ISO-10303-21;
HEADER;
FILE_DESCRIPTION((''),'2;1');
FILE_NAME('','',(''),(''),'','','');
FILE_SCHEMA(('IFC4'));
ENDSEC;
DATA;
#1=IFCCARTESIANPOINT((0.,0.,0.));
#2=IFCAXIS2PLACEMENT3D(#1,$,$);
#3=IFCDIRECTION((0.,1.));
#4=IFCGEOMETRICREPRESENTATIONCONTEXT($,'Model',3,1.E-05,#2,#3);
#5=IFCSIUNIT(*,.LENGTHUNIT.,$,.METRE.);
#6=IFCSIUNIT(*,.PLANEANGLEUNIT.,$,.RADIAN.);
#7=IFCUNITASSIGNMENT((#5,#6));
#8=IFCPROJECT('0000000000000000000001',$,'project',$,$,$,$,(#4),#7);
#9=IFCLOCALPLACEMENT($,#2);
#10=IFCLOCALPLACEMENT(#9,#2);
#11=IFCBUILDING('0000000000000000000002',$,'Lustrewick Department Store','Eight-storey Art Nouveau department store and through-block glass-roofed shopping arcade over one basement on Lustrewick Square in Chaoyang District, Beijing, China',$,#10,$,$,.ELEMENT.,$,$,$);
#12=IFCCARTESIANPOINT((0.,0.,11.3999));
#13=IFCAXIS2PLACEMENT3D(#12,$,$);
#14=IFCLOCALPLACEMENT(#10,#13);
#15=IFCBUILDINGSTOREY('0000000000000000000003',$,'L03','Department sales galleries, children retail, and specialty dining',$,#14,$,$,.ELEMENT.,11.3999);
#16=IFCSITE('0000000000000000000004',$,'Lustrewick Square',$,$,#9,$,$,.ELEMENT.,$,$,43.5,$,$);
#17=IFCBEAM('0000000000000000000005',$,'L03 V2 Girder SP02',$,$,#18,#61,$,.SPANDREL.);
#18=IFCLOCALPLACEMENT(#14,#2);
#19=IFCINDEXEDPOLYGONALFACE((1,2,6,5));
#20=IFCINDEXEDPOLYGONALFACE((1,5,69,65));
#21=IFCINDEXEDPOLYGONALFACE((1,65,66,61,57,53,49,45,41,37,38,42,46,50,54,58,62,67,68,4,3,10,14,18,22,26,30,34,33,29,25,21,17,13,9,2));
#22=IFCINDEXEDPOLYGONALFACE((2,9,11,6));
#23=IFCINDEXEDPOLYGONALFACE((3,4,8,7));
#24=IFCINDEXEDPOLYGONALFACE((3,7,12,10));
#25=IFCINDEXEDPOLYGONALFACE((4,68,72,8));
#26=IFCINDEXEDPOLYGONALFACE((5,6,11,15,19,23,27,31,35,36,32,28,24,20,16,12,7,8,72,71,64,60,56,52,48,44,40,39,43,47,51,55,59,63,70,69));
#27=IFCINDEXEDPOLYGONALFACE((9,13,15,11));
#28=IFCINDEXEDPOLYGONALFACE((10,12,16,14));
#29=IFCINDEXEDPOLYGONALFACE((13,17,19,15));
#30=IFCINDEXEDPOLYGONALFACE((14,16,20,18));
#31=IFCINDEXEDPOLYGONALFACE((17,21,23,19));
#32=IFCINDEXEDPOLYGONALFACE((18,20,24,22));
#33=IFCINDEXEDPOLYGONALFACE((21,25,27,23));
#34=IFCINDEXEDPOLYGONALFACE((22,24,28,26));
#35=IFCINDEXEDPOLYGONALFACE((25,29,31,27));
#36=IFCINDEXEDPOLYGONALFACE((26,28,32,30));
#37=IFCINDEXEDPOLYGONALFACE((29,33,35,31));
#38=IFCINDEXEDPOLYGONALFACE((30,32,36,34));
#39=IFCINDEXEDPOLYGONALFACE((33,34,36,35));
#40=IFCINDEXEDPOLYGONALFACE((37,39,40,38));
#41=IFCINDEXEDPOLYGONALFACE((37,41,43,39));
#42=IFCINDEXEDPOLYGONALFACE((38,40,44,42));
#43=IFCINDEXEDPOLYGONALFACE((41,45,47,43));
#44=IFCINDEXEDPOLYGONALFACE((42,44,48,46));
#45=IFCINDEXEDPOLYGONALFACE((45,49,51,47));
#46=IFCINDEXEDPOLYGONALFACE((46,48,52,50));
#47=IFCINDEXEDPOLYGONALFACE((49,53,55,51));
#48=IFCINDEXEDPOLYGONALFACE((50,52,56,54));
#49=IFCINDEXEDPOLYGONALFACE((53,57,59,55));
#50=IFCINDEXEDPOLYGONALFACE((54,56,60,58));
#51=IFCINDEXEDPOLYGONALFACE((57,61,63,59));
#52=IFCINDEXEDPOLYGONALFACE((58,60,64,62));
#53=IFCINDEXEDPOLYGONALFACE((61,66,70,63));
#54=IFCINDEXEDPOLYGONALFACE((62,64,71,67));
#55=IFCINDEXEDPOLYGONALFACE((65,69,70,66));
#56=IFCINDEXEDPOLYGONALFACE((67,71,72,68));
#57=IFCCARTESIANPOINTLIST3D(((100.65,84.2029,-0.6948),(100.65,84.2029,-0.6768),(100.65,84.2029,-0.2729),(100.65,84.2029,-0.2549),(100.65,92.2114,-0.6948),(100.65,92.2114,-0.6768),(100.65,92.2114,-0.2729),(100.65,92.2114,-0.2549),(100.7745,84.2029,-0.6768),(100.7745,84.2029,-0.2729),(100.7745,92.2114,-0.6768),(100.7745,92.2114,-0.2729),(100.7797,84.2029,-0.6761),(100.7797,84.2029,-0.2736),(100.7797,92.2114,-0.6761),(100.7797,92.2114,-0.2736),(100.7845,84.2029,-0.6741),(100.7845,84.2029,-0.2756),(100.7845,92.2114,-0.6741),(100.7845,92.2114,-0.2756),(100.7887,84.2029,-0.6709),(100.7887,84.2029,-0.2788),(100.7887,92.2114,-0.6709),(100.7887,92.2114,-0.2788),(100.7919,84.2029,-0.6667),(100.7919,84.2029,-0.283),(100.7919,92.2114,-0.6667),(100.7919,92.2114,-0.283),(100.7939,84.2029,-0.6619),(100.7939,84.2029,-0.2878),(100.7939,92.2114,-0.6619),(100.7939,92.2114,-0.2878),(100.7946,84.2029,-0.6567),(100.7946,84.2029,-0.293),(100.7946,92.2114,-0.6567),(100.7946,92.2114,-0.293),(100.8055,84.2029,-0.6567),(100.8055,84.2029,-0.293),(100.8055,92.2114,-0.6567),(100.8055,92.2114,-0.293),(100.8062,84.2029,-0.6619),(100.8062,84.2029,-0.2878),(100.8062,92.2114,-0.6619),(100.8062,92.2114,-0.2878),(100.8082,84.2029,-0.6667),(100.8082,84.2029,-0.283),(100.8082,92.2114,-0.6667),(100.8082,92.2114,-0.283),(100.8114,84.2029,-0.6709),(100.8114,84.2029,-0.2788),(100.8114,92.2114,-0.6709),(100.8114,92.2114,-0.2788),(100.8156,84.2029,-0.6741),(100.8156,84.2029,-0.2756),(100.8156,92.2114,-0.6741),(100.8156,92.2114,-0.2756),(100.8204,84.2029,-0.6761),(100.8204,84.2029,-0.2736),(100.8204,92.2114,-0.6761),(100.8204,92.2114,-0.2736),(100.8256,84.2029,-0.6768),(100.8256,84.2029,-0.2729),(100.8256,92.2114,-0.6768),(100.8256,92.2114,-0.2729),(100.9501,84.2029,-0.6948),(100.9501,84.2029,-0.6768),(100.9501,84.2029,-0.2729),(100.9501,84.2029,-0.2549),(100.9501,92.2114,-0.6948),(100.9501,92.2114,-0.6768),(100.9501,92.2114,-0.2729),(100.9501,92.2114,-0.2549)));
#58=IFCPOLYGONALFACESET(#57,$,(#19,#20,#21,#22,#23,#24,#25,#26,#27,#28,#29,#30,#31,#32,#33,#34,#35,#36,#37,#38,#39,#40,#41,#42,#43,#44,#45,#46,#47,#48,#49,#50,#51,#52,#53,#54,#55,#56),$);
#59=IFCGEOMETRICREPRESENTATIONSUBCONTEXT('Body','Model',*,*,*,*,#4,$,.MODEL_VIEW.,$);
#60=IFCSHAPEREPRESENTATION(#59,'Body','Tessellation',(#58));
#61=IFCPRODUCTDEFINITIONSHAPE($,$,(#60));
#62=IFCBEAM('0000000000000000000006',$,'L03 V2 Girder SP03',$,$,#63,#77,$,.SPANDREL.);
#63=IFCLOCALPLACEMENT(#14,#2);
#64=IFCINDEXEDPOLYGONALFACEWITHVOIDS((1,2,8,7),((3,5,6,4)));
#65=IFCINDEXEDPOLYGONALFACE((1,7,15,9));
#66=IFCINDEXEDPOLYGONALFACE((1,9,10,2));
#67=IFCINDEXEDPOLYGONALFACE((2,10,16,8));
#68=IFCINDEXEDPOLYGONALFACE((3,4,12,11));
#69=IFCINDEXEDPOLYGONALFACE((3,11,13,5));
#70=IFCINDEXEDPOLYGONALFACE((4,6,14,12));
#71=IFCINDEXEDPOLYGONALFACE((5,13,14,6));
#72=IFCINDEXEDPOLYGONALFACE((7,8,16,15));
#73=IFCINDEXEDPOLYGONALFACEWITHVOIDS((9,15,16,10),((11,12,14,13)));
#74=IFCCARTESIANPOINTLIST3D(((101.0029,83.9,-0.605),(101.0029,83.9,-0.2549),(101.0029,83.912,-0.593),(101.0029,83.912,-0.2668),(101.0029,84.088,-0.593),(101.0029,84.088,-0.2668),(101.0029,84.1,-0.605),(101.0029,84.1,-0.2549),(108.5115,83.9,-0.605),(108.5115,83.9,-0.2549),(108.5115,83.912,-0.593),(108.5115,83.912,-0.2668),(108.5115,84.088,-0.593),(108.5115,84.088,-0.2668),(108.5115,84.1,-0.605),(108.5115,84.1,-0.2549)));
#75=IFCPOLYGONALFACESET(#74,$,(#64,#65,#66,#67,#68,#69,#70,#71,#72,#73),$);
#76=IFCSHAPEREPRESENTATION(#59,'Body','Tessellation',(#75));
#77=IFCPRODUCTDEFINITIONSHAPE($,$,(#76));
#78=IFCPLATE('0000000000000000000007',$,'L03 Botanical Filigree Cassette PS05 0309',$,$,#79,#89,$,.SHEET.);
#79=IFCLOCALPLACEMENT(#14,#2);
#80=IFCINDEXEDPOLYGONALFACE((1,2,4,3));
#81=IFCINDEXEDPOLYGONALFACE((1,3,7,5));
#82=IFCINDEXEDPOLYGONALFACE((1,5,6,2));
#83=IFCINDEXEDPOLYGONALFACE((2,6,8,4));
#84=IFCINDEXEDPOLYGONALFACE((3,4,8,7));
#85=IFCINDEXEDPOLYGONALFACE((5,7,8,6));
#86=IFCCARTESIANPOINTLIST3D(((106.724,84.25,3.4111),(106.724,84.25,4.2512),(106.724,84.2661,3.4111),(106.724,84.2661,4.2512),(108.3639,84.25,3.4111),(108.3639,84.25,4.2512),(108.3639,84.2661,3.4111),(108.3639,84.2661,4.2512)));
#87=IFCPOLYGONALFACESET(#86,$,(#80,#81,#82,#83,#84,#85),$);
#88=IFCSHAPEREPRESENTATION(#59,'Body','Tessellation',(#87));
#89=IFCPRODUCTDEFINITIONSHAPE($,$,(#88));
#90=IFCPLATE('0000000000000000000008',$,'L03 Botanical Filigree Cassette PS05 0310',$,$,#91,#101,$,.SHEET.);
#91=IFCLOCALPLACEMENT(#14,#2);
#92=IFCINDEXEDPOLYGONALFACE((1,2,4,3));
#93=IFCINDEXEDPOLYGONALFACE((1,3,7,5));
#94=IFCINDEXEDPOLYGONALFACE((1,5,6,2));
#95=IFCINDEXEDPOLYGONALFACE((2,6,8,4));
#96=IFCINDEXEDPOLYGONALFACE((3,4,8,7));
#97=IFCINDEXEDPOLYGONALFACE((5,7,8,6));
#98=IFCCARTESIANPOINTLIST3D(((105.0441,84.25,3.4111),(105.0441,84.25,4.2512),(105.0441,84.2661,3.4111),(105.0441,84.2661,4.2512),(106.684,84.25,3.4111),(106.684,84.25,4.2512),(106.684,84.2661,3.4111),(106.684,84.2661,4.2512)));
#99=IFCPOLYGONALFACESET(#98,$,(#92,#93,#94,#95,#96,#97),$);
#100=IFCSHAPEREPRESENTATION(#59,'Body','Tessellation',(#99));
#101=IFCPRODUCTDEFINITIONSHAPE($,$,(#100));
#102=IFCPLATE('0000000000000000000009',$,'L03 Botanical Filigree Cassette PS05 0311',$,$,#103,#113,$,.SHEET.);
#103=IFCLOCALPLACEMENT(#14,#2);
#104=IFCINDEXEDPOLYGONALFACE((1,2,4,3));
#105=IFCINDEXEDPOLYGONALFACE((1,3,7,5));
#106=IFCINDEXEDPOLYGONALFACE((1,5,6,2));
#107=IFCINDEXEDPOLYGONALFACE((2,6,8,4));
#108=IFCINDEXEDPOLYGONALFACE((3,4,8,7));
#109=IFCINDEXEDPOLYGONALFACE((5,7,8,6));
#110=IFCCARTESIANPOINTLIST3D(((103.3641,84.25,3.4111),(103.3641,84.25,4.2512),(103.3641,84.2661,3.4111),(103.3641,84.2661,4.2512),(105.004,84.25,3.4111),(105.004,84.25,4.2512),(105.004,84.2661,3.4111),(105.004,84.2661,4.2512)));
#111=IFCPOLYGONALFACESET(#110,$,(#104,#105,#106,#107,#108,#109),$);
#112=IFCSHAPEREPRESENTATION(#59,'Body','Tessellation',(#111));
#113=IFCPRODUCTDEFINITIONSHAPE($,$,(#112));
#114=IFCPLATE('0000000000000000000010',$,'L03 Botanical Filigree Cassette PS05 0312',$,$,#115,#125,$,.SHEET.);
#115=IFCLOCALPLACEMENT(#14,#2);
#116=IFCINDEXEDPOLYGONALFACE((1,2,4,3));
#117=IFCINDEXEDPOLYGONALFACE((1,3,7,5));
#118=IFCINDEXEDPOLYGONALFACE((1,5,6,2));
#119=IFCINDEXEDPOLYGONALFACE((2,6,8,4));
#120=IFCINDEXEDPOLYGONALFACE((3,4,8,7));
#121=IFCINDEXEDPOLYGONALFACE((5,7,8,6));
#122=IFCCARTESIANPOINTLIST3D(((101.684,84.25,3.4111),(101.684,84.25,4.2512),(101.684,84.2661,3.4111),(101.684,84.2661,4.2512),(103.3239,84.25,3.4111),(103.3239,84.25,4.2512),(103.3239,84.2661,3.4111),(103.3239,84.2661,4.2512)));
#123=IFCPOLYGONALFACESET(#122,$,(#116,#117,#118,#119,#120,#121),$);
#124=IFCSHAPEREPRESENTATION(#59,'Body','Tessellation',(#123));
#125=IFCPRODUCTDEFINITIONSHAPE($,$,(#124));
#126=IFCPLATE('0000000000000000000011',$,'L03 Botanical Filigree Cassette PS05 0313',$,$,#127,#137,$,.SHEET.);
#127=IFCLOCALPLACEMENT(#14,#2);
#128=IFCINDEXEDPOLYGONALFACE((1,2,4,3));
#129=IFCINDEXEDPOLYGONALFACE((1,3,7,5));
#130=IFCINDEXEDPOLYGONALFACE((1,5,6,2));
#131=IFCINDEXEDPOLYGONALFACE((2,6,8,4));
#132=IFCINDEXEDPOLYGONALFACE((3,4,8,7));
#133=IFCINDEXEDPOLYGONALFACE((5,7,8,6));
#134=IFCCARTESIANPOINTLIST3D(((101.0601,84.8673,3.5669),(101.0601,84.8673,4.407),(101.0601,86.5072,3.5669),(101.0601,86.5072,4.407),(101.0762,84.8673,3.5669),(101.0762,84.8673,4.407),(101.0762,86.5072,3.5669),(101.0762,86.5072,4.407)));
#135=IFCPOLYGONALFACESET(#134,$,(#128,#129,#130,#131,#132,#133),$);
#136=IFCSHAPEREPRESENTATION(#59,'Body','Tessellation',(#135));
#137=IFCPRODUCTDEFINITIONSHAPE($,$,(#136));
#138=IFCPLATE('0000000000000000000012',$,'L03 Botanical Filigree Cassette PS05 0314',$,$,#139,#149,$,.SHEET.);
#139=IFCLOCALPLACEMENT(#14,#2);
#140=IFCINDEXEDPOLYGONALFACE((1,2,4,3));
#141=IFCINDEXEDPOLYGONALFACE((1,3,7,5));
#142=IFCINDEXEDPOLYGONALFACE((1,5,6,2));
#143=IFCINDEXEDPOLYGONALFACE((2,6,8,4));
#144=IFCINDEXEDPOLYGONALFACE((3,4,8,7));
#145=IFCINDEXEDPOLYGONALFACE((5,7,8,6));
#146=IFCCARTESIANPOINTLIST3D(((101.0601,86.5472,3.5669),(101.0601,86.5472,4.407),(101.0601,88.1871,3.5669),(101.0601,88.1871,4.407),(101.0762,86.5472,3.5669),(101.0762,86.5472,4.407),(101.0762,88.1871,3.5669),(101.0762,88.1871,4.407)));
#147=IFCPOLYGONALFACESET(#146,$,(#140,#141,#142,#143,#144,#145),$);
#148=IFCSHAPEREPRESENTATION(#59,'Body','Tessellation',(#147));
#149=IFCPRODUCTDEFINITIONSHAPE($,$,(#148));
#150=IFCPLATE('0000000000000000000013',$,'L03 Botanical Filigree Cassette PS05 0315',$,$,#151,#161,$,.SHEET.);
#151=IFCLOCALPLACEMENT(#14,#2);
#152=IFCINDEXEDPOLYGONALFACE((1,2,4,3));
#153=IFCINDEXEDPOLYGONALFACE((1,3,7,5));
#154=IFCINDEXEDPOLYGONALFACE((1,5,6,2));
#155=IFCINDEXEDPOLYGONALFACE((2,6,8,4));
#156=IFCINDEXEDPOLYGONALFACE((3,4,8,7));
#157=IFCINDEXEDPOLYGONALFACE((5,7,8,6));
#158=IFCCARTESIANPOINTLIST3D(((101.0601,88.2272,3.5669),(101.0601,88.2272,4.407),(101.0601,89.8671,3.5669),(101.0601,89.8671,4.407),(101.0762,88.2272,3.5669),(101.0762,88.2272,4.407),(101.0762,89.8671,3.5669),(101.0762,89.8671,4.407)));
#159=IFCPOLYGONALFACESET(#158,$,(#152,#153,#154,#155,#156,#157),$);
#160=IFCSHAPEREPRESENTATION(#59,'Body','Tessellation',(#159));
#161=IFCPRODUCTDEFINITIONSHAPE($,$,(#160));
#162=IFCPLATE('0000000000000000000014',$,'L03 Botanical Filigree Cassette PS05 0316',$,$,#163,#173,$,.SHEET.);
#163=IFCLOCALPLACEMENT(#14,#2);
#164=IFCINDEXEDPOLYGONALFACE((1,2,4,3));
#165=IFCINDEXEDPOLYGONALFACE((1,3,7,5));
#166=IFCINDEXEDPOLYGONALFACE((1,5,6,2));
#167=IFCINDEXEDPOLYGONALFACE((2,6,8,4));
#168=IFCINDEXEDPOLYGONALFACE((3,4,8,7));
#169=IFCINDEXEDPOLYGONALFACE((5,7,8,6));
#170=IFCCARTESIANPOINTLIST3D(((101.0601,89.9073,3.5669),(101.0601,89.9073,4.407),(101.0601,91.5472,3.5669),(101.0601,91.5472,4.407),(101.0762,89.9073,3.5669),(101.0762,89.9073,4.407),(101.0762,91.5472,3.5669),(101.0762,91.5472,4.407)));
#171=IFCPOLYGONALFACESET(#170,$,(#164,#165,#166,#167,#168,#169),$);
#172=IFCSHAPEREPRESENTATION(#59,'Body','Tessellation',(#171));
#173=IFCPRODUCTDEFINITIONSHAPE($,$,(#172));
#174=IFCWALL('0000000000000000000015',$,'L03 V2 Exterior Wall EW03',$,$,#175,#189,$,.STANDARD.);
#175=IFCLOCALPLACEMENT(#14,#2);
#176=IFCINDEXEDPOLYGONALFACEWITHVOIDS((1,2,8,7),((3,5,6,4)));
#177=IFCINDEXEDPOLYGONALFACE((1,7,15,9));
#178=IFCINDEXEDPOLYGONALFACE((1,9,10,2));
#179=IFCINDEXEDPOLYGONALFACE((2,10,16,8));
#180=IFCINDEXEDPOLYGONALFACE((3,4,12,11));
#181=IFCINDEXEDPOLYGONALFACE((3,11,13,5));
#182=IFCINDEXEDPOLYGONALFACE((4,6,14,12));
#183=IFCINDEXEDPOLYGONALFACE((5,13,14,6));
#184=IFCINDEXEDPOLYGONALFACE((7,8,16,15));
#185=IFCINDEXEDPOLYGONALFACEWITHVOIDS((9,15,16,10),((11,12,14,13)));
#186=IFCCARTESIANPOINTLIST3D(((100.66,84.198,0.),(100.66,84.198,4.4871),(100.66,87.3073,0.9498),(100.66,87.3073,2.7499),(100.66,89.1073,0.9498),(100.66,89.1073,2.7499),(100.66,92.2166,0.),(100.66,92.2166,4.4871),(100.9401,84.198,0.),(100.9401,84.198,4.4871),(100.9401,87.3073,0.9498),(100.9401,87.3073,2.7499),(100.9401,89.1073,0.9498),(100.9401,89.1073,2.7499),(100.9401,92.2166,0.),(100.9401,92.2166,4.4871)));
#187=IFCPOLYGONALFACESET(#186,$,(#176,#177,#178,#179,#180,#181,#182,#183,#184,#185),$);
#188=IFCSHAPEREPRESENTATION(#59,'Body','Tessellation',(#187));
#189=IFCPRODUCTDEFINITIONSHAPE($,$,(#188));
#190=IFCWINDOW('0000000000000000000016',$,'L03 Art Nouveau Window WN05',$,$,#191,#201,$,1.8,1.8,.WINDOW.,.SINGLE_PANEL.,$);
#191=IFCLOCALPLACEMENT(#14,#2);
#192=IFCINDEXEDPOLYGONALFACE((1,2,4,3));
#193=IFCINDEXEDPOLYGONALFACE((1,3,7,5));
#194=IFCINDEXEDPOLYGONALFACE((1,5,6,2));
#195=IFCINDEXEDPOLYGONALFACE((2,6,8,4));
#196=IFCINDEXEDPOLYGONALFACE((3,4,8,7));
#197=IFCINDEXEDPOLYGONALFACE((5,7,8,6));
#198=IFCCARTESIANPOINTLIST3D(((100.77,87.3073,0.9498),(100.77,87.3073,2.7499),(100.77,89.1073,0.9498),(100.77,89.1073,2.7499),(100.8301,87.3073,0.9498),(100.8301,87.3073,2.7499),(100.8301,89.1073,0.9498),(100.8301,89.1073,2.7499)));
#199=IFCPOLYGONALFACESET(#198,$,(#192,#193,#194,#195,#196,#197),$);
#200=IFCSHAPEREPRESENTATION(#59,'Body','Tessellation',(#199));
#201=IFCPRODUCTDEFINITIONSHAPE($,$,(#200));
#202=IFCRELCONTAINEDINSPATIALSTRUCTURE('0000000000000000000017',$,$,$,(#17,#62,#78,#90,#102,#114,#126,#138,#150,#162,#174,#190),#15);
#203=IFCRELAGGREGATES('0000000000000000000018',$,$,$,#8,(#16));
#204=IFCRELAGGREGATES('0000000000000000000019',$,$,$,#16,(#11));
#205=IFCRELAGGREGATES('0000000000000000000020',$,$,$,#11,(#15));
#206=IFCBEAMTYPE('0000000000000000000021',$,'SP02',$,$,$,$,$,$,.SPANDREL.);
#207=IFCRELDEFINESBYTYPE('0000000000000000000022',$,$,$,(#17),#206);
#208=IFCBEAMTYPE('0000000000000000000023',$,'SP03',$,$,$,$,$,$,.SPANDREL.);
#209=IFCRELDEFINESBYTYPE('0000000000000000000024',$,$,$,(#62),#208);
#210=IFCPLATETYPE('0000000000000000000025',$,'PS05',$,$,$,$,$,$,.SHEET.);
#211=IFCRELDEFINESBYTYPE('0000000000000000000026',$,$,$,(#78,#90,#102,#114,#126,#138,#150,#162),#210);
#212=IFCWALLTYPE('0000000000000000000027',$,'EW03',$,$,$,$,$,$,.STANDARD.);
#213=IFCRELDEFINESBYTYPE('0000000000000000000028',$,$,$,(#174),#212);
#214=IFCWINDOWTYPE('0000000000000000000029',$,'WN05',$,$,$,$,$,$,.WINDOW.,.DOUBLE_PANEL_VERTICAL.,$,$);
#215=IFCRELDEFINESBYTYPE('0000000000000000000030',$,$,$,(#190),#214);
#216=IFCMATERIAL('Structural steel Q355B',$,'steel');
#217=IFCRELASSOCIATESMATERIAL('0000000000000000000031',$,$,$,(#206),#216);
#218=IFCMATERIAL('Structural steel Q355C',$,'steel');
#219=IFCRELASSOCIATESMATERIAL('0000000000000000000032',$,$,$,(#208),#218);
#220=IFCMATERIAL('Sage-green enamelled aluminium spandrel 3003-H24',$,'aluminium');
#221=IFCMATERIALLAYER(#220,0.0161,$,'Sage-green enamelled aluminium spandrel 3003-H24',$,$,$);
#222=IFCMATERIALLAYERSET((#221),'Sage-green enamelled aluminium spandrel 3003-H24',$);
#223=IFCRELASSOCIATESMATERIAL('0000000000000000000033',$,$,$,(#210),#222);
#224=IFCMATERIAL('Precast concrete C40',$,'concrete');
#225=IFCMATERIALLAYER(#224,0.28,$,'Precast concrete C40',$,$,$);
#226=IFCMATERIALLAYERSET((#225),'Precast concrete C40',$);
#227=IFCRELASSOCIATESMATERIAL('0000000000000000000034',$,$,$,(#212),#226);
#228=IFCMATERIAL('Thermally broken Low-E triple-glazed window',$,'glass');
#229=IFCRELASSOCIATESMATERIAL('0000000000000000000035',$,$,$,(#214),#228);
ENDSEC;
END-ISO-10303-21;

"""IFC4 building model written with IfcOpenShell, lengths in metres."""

from ifc_helpers import new_model, si_unit, direction, frame, frame_2d, origin, origin_2d, place, context, subcontext, project, spatial, rectangle, hollow_rectangle, i_section, extrude, material, layer, layer_set, material_profile, profile_set, type_object, element, fill, save


model = new_model("IFC4")

# Units and contexts
model_context = context("Model", 3, precision=1e-05, world=origin(), true_north=direction((0.0, 1.0)))
body_context = subcontext(model_context, "Body", "Model", "MODEL_VIEW")
ifc_project = project(units=[si_unit("LENGTHUNIT", "METRE"), si_unit("PLANEANGLEUNIT", "RADIAN")], contexts=[model_context])

# Site, building, storey
site_placement = place(None, origin())
site = spatial("IfcSite", under=ifc_project, at=site_placement, Name="Lustrewick Square", CompositionType="ELEMENT", RefElevation=43.5)
building_placement = place(site_placement, origin())
building = spatial("IfcBuilding", under=site, at=building_placement, Name="Lustrewick Department Store", Description="Eight-storey Art Nouveau department store and through-block glass-roofed shopping arcade over one basement on Lustrewick Square in Chaoyang District, Beijing, China", CompositionType="ELEMENT")
storey_placement = place(building_placement, frame((0.0, 0.0, 11.3999)))
storey = spatial("IfcBuildingStorey", under=building, at=storey_placement, Name="L03", Description="Department sales galleries, children retail, and specialty dining", CompositionType="ELEMENT", Elevation=11.3999)

# Shared definitions
ifc_material_1 = material(Name="Structural steel Q355C", Category="steel")
ifc_material_2 = material(Name="Structural steel Q355B", Category="steel")

# Beams
ifc_material_profile_1 = material_profile(ifc_material_2, i_section(OverallWidth=0.3, OverallDepth=0.4399, WebThickness=0.011, FlangeThickness=0.0181, FilletRadius=0.02, at=origin_2d()), Name="HM 440x300x11x18")
ifc_profile_set_1 = profile_set([ifc_material_profile_1], Name="Structural steel Q355B")
beam_type_1 = type_object("IfcBeamType", Name="SP02", PredefinedType="SPANDREL", material=ifc_profile_set_1)
beam_1_placement = place(storey_placement, frame((100.8, 84.2029, -0.4749), z_axis=(0.0, 1.0, 0.0), x_axis=(-1.0, 0.0, 0.0)))
element("IfcBeam", 1, at=beam_1_placement, inside=storey, type_object=beam_type_1, Name="L03 V2 Girder SP02", PredefinedType="SPANDREL", context=body_context, shape_type="SweptSolid", body=[
    extrude(i_section(OverallWidth=0.3, OverallDepth=0.4399, WebThickness=0.011, FlangeThickness=0.0181, FilletRadius=0.02, at=origin_2d()), origin(), (0.0, 0.0, 1.0), 8.0085),
])
ifc_material_profile_2 = material_profile(ifc_material_1, hollow_rectangle(XDim=0.2, YDim=0.3501, WallThickness=0.012, at=origin_2d()), Name="RHS 350x200x12")
ifc_profile_set_2 = profile_set([ifc_material_profile_2], Name="Structural steel Q355C")
beam_type_2 = type_object("IfcBeamType", Name="SP03", PredefinedType="SPANDREL", material=ifc_profile_set_2)
beam_2_placement = place(storey_placement, frame((101.0029, 84.0, -0.4299), z_axis=(1.0, 0.0, 0.0), x_axis=(0.0, 1.0, 0.0)))
element("IfcBeam", 2, at=beam_2_placement, inside=storey, type_object=beam_type_2, Name="L03 V2 Girder SP03", PredefinedType="SPANDREL", context=body_context, shape_type="SweptSolid", body=[
    extrude(hollow_rectangle(XDim=0.2, YDim=0.3501, WallThickness=0.012, at=origin_2d()), origin(), (0.0, 0.0, 1.0), 7.5085),
])

# Plates
ifc_material_3 = material(Name="Sage-green enamelled aluminium spandrel 3003-H24", Category="aluminium")
ifc_layer_1 = layer(ifc_material_3, 0.0161, Name="Sage-green enamelled aluminium spandrel 3003-H24")
ifc_layer_set_1 = layer_set([ifc_layer_1], Name="Sage-green enamelled aluminium spandrel 3003-H24")
plate_type = type_object("IfcPlateType", Name="PS05", PredefinedType="SHEET", material=ifc_layer_set_1)
for number, where, z_axis, x_axis, name in (
    (3, (107.5439, 84.2581, 3.4111), (0.0, 0.0, 1.0), (-1.0, 0.0, 0.0), "L03 Botanical Filigree Cassette PS05 0309"),
    (4, (105.864, 84.2581, 3.4111), (0.0, 0.0, 1.0), (-1.0, 0.0, 0.0), "L03 Botanical Filigree Cassette PS05 0310"),
    (5, (104.1841, 84.2581, 3.4111), (0.0, 0.0, 1.0), (-1.0, 0.0, 0.0), "L03 Botanical Filigree Cassette PS05 0311"),
    (6, (102.5039, 84.2581, 3.4111), (0.0, 0.0, 1.0), (-1.0, 0.0, 0.0), "L03 Botanical Filigree Cassette PS05 0312"),
    (7, (101.0681, 85.6873, 3.5669), (0.0, 0.0, 1.0), (0.0, 1.0, 0.0), "L03 Botanical Filigree Cassette PS05 0313"),
    (8, (101.0681, 87.3672, 3.5669), (0.0, 0.0, 1.0), (0.0, 1.0, 0.0), "L03 Botanical Filigree Cassette PS05 0314"),
    (9, (101.0681, 89.0471, 3.5669), (0.0, 0.0, 1.0), (0.0, 1.0, 0.0), "L03 Botanical Filigree Cassette PS05 0315"),
    (10, (101.0681, 90.7273, 3.5669), (0.0, 0.0, 1.0), (0.0, 1.0, 0.0), "L03 Botanical Filigree Cassette PS05 0316"),
):
    element("IfcPlate", number, at=place(storey_placement, frame(where, z_axis=z_axis, x_axis=x_axis)), inside=storey, type_object=plate_type, Name=name, PredefinedType="SHEET", context=body_context, shape_type="SweptSolid", body=[
        extrude(rectangle(XDim=1.6399, YDim=0.0161, at=origin_2d()), origin(), (0.0, 0.0, 1.0), 0.8401),
    ])

# Wall, opening, window
ifc_material_4 = material(Name="Precast concrete C40", Category="concrete")
ifc_layer_2 = layer(ifc_material_4, 0.28, Name="Precast concrete C40")
ifc_layer_set_2 = layer_set([ifc_layer_2], Name="Precast concrete C40")
wall_type = type_object("IfcWallType", Name="EW03", PredefinedType="STANDARD", material=ifc_layer_set_2)
wall_placement = place(storey_placement, frame((100.8, 84.198, 0.0), z_axis=(0.0, 0.0, 1.0), x_axis=(0.0, 1.0, 0.0)))
wall = element("IfcWall", 11, at=wall_placement, inside=storey, type_object=wall_type, Name="L03 V2 Exterior Wall EW03", PredefinedType="STANDARD", context=body_context, shape_type="SweptSolid", body=[
    extrude(rectangle(XDim=8.0186, YDim=0.28, at=frame_2d((4.0093, 0.0))), origin(), (0.0, 0.0, 1.0), 4.4871),
])
opening_placement = place(wall_placement, frame((3.1094, 0.0, 0.95)))
opening = element("IfcOpeningElement", 12, at=opening_placement, cuts=wall, PredefinedType="OPENING", context=body_context, shape_type="SweptSolid", body=[
    extrude(rectangle(XDim=1.8, YDim=1.8, at=frame_2d((0.8999, 0.8999))), frame((0.0, 0.1499, 0.0), z_axis=(0.0, -1.0, 0.0), x_axis=(1.0, 0.0, 0.0)), (0.0, 0.0, 1.0), 0.3),
])
ifc_material_5 = material(Name="Thermally broken Low-E triple-glazed window", Category="glass")
window_type = type_object("IfcWindowType", Name="WN05", PartitioningType="DOUBLE_PANEL_VERTICAL", PredefinedType="WINDOW", material=ifc_material_5)
window_placement = place(opening_placement, origin())
window = element("IfcWindow", 13, at=window_placement, inside=storey, type_object=window_type, Name="L03 Art Nouveau Window WN05", OverallHeight=1.8, OverallWidth=1.8, PartitioningType="SINGLE_PANEL", PredefinedType="WINDOW", context=body_context, shape_type="SweptSolid", body=[
    extrude(rectangle(XDim=1.8, YDim=1.8, at=frame_2d((0.8999, 0.8999))), frame((0.0, 0.03, 0.0), z_axis=(0.0, -1.0, 0.0), x_axis=(1.0, 0.0, 0.0)), (0.0, 0.0, 1.0), 0.0601),
])
fill(opening, window)

save(model, "model.ifc")
